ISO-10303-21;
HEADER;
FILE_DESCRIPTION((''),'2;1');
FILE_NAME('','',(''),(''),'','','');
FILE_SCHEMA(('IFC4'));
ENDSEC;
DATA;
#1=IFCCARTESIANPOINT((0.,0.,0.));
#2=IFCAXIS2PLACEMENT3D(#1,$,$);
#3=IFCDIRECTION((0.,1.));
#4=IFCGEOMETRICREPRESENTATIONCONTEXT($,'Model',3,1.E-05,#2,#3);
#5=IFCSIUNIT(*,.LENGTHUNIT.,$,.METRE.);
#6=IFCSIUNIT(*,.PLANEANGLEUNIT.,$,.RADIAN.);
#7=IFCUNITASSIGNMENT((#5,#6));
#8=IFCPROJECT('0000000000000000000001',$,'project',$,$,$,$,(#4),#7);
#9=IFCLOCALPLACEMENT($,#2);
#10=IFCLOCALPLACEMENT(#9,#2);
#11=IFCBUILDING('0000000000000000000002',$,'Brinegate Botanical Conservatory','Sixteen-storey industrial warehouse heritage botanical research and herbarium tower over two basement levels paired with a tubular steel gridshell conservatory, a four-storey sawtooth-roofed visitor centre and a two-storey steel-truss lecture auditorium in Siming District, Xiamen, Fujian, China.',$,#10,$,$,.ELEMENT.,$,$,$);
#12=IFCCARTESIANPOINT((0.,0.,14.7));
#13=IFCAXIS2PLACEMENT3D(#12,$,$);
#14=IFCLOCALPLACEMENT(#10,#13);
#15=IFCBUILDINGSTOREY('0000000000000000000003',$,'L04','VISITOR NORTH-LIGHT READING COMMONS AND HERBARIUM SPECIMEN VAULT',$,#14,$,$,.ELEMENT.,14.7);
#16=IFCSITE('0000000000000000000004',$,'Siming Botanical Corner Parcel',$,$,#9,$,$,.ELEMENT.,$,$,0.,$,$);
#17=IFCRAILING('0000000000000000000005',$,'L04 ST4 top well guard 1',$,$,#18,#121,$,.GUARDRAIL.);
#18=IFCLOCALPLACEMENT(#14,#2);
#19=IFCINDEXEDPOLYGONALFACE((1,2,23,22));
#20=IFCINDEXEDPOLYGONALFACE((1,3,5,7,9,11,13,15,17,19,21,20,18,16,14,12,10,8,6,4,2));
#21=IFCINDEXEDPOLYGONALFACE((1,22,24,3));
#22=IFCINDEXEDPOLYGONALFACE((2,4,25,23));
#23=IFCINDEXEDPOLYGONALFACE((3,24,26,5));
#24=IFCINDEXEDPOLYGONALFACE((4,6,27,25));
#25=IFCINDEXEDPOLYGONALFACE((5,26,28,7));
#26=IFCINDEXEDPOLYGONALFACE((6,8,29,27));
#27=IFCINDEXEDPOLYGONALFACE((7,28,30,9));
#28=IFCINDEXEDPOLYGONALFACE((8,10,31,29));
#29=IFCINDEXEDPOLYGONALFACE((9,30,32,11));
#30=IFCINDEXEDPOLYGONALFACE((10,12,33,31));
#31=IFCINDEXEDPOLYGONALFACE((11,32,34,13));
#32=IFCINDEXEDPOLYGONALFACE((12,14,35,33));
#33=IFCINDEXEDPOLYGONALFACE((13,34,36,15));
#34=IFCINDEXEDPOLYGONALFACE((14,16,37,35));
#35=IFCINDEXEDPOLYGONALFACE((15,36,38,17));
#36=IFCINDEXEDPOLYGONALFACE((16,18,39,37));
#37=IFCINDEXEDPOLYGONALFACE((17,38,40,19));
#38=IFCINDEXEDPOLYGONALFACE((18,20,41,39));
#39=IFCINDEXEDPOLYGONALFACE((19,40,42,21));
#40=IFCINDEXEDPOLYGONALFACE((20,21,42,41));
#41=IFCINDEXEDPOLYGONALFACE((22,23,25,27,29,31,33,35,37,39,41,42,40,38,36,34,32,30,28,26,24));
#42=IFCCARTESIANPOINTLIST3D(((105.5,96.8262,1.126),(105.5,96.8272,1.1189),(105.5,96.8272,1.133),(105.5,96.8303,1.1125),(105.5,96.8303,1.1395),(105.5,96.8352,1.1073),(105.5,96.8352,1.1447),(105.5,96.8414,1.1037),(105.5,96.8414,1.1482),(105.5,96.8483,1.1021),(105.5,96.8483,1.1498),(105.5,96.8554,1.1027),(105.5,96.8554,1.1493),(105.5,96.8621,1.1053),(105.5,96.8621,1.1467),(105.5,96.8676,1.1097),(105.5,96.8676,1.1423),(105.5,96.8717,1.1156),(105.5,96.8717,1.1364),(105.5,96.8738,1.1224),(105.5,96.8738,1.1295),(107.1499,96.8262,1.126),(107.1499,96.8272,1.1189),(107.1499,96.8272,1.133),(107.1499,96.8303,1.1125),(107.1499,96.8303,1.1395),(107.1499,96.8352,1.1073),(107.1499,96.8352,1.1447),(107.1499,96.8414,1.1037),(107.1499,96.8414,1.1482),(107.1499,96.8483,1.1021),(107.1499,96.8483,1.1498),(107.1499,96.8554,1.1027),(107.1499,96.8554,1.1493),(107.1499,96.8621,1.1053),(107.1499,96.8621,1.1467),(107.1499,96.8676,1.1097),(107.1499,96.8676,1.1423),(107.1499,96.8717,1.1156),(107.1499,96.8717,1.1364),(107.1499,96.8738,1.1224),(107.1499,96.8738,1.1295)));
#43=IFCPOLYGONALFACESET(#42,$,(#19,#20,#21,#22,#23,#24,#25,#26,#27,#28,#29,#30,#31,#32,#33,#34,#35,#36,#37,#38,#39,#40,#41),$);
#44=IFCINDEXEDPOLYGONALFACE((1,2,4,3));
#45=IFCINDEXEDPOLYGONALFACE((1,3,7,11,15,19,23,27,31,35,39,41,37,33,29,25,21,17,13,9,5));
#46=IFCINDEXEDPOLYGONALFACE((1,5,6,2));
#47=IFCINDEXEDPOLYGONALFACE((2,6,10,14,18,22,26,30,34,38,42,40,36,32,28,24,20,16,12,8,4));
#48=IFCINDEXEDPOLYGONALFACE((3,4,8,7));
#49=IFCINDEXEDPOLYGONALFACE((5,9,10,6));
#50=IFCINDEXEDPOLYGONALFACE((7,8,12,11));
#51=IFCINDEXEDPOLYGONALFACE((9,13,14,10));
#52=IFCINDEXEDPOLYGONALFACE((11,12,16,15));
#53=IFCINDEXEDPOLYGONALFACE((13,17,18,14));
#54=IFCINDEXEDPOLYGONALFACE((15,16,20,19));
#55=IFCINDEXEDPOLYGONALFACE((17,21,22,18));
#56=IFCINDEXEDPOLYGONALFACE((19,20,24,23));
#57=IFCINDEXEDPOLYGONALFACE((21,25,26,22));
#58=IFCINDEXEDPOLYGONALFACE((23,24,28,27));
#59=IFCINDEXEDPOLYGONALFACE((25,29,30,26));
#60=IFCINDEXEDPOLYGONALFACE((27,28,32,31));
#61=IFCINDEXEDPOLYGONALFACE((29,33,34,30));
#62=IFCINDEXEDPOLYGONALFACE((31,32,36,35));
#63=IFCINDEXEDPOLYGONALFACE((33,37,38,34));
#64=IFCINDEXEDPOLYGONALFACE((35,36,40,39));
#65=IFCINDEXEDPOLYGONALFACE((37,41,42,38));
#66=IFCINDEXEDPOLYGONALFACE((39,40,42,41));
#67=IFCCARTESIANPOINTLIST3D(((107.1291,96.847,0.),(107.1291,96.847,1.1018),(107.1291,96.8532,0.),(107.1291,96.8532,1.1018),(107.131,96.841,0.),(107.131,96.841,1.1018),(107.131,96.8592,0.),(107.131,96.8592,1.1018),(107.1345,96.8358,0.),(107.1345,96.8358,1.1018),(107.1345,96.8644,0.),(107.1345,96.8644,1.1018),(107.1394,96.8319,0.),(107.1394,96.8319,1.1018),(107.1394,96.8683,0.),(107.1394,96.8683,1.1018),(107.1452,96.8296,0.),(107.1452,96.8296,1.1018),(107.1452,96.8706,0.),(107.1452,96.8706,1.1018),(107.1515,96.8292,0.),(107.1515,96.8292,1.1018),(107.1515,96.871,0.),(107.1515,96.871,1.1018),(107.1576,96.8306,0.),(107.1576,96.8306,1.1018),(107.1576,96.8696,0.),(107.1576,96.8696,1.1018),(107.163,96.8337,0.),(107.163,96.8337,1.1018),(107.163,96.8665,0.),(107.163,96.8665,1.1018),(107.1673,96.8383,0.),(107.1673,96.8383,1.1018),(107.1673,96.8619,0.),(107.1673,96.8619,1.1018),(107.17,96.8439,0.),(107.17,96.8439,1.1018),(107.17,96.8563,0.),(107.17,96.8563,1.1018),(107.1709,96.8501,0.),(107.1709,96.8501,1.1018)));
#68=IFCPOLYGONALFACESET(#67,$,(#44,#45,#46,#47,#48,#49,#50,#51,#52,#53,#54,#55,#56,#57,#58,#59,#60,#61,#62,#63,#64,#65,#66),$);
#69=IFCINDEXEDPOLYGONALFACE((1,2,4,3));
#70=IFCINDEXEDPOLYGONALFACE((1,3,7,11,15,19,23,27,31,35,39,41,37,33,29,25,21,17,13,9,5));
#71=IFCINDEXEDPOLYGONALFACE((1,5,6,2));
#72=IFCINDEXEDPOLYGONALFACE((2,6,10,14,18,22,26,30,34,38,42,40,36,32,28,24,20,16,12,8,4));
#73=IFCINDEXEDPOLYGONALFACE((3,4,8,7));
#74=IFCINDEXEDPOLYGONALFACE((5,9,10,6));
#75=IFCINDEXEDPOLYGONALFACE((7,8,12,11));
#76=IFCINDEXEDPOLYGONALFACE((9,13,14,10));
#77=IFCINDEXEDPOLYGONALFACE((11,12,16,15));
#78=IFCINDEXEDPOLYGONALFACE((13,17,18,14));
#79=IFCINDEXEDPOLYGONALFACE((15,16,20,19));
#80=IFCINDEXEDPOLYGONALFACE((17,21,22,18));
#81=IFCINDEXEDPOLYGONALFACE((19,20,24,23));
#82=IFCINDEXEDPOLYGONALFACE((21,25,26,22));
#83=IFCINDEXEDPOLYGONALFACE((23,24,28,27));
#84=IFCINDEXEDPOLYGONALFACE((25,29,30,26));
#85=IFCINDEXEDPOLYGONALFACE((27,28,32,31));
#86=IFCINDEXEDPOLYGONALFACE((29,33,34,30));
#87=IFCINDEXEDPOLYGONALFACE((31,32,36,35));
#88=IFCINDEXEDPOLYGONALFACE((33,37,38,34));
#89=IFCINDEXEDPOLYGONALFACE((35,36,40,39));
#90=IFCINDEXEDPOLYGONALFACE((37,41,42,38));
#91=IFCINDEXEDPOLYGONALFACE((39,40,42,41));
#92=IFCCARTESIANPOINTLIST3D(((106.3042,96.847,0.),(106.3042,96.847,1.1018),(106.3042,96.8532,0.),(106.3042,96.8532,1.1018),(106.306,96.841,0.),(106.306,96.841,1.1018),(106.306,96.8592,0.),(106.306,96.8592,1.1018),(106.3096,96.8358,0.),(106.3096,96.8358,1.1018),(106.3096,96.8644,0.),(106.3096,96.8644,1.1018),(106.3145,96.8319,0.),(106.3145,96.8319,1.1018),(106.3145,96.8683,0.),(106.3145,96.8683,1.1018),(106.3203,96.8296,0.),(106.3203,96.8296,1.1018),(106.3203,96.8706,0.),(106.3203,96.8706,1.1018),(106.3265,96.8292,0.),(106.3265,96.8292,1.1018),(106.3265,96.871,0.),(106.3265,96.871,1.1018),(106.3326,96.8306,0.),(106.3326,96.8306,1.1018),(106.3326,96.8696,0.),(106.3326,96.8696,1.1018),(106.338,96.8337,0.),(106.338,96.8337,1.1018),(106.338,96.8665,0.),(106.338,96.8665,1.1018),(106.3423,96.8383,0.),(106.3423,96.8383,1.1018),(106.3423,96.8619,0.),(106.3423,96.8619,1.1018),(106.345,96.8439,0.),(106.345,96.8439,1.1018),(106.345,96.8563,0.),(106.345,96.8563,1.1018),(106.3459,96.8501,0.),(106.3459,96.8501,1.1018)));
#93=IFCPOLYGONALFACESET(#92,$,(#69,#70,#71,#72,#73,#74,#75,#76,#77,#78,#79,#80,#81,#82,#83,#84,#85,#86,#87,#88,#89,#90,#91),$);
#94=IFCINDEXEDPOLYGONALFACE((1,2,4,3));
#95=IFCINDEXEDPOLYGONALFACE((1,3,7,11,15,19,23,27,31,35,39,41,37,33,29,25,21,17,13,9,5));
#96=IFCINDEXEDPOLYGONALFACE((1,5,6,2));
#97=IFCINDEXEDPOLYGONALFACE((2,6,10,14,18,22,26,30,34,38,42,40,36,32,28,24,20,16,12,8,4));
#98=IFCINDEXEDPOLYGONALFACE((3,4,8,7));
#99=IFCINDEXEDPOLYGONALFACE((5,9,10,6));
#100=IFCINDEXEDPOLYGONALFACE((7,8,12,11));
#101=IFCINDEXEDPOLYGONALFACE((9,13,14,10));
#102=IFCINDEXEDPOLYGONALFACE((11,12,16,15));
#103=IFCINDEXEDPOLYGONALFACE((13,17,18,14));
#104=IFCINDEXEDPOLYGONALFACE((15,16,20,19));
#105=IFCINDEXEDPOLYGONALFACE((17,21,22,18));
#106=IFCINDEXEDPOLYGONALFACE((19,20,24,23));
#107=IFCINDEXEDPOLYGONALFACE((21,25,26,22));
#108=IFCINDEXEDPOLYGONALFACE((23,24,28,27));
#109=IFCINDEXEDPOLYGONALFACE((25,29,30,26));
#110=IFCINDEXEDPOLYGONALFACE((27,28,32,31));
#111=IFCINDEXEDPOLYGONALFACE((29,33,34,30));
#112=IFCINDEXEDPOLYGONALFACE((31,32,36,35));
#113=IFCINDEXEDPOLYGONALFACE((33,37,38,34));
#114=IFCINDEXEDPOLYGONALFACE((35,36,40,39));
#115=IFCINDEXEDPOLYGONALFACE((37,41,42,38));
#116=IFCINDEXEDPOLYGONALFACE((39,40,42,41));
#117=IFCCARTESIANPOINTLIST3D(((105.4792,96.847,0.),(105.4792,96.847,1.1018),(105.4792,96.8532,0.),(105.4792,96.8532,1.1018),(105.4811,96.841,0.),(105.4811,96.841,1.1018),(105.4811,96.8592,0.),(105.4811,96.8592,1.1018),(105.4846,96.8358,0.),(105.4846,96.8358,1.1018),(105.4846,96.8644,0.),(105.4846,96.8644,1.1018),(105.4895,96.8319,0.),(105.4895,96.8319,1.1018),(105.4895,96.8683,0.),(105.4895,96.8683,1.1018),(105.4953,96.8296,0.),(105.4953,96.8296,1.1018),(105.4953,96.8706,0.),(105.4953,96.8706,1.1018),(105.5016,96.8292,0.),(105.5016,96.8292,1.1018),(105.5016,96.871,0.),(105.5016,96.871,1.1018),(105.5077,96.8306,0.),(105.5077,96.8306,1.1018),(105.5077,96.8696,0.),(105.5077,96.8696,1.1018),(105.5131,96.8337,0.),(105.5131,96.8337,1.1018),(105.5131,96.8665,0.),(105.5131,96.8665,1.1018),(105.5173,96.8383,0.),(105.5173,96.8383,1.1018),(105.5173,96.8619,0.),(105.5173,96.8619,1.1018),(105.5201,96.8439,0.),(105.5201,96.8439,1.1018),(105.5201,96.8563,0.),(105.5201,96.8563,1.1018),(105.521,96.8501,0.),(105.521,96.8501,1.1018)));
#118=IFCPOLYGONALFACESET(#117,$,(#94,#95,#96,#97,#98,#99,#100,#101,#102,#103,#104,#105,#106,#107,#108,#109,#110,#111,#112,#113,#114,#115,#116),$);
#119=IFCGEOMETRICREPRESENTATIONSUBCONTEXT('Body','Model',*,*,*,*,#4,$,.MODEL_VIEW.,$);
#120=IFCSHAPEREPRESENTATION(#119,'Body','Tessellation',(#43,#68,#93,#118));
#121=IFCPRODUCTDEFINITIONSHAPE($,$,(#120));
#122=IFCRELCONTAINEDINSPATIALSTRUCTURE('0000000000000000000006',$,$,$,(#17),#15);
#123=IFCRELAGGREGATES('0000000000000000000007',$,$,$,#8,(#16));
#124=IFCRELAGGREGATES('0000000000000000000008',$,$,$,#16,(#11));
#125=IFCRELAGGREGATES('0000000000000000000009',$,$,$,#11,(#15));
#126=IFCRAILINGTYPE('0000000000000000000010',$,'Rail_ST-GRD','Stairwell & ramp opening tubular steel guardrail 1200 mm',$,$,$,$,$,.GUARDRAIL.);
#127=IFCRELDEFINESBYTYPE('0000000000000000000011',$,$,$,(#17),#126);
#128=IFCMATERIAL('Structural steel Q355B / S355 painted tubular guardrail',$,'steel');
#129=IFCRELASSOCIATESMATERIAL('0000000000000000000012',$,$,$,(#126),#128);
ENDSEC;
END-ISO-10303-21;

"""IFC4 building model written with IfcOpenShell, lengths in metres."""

from ifc_helpers import new_model, si_unit, direction, frame, origin, origin_2d, place, context, subcontext, project, spatial, circle, extrude, material, type_object, element, save


model = new_model("IFC4")

# Units and contexts
model_context = context("Model", 3, precision=1e-05, world=origin(), true_north=direction((0.0, 1.0)))
body_context = subcontext(model_context, "Body", "Model", "MODEL_VIEW")
ifc_project = project(units=[si_unit("LENGTHUNIT", "METRE"), si_unit("PLANEANGLEUNIT", "RADIAN")], contexts=[model_context])

# Site, building, storey
site_placement = place(None, origin())
site = spatial("IfcSite", under=ifc_project, at=site_placement, Name="Siming Botanical Corner Parcel", CompositionType="ELEMENT", RefElevation=0.0)
building_placement = place(site_placement, origin())
building = spatial("IfcBuilding", under=site, at=building_placement, Name="Brinegate Botanical Conservatory", Description="Sixteen-storey industrial warehouse heritage botanical research and herbarium tower over two basement levels paired with a tubular steel gridshell conservatory, a four-storey sawtooth-roofed visitor centre and a two-storey steel-truss lecture auditorium in Siming District, Xiamen, Fujian, China.", CompositionType="ELEMENT")
storey_placement = place(building_placement, frame((0.0, 0.0, 14.7)))
storey = spatial("IfcBuildingStorey", under=building, at=storey_placement, Name="L04", Description="VISITOR NORTH-LIGHT READING COMMONS AND HERBARIUM SPECIMEN VAULT", CompositionType="ELEMENT", Elevation=14.7)

# Railing
ifc_material_1 = material(Name="Structural steel Q355B / S355 painted tubular guardrail", Category="steel")
railing_type = type_object("IfcRailingType", Name="Rail_ST-GRD", Description="Stairwell & ramp opening tubular steel guardrail 1200 mm", PredefinedType="GUARDRAIL", material=ifc_material_1)
railing_placement = place(storey_placement, frame((107.1499, 96.8501, 0.0)))
element("IfcRailing", 1, at=railing_placement, inside=storey, type_object=railing_type, Name="L04 ST4 top well guard 1", PredefinedType="GUARDRAIL", context=body_context, shape_type="SweptSolid", body=[
    extrude(circle(Radius=0.0239, at=origin_2d()), frame((0.0, 0.0, 1.126), z_axis=(-1.0, 0.0, 0.0), x_axis=(0.0, -1.0, 0.0)), (0.0, 0.0, 1.0), 1.6499),
    extrude(circle(Radius=0.021, at=origin_2d()), origin(), (0.0, 0.0, 1.0), 1.1018),
    extrude(circle(Radius=0.021, at=origin_2d()), frame((-0.825, 0.0, 0.0)), (0.0, 0.0, 1.0), 1.1018),
    extrude(circle(Radius=0.021, at=origin_2d()), frame((-1.6499, 0.0, 0.0)), (0.0, 0.0, 1.0), 1.1018),
])

save(model, "model.ifc")
